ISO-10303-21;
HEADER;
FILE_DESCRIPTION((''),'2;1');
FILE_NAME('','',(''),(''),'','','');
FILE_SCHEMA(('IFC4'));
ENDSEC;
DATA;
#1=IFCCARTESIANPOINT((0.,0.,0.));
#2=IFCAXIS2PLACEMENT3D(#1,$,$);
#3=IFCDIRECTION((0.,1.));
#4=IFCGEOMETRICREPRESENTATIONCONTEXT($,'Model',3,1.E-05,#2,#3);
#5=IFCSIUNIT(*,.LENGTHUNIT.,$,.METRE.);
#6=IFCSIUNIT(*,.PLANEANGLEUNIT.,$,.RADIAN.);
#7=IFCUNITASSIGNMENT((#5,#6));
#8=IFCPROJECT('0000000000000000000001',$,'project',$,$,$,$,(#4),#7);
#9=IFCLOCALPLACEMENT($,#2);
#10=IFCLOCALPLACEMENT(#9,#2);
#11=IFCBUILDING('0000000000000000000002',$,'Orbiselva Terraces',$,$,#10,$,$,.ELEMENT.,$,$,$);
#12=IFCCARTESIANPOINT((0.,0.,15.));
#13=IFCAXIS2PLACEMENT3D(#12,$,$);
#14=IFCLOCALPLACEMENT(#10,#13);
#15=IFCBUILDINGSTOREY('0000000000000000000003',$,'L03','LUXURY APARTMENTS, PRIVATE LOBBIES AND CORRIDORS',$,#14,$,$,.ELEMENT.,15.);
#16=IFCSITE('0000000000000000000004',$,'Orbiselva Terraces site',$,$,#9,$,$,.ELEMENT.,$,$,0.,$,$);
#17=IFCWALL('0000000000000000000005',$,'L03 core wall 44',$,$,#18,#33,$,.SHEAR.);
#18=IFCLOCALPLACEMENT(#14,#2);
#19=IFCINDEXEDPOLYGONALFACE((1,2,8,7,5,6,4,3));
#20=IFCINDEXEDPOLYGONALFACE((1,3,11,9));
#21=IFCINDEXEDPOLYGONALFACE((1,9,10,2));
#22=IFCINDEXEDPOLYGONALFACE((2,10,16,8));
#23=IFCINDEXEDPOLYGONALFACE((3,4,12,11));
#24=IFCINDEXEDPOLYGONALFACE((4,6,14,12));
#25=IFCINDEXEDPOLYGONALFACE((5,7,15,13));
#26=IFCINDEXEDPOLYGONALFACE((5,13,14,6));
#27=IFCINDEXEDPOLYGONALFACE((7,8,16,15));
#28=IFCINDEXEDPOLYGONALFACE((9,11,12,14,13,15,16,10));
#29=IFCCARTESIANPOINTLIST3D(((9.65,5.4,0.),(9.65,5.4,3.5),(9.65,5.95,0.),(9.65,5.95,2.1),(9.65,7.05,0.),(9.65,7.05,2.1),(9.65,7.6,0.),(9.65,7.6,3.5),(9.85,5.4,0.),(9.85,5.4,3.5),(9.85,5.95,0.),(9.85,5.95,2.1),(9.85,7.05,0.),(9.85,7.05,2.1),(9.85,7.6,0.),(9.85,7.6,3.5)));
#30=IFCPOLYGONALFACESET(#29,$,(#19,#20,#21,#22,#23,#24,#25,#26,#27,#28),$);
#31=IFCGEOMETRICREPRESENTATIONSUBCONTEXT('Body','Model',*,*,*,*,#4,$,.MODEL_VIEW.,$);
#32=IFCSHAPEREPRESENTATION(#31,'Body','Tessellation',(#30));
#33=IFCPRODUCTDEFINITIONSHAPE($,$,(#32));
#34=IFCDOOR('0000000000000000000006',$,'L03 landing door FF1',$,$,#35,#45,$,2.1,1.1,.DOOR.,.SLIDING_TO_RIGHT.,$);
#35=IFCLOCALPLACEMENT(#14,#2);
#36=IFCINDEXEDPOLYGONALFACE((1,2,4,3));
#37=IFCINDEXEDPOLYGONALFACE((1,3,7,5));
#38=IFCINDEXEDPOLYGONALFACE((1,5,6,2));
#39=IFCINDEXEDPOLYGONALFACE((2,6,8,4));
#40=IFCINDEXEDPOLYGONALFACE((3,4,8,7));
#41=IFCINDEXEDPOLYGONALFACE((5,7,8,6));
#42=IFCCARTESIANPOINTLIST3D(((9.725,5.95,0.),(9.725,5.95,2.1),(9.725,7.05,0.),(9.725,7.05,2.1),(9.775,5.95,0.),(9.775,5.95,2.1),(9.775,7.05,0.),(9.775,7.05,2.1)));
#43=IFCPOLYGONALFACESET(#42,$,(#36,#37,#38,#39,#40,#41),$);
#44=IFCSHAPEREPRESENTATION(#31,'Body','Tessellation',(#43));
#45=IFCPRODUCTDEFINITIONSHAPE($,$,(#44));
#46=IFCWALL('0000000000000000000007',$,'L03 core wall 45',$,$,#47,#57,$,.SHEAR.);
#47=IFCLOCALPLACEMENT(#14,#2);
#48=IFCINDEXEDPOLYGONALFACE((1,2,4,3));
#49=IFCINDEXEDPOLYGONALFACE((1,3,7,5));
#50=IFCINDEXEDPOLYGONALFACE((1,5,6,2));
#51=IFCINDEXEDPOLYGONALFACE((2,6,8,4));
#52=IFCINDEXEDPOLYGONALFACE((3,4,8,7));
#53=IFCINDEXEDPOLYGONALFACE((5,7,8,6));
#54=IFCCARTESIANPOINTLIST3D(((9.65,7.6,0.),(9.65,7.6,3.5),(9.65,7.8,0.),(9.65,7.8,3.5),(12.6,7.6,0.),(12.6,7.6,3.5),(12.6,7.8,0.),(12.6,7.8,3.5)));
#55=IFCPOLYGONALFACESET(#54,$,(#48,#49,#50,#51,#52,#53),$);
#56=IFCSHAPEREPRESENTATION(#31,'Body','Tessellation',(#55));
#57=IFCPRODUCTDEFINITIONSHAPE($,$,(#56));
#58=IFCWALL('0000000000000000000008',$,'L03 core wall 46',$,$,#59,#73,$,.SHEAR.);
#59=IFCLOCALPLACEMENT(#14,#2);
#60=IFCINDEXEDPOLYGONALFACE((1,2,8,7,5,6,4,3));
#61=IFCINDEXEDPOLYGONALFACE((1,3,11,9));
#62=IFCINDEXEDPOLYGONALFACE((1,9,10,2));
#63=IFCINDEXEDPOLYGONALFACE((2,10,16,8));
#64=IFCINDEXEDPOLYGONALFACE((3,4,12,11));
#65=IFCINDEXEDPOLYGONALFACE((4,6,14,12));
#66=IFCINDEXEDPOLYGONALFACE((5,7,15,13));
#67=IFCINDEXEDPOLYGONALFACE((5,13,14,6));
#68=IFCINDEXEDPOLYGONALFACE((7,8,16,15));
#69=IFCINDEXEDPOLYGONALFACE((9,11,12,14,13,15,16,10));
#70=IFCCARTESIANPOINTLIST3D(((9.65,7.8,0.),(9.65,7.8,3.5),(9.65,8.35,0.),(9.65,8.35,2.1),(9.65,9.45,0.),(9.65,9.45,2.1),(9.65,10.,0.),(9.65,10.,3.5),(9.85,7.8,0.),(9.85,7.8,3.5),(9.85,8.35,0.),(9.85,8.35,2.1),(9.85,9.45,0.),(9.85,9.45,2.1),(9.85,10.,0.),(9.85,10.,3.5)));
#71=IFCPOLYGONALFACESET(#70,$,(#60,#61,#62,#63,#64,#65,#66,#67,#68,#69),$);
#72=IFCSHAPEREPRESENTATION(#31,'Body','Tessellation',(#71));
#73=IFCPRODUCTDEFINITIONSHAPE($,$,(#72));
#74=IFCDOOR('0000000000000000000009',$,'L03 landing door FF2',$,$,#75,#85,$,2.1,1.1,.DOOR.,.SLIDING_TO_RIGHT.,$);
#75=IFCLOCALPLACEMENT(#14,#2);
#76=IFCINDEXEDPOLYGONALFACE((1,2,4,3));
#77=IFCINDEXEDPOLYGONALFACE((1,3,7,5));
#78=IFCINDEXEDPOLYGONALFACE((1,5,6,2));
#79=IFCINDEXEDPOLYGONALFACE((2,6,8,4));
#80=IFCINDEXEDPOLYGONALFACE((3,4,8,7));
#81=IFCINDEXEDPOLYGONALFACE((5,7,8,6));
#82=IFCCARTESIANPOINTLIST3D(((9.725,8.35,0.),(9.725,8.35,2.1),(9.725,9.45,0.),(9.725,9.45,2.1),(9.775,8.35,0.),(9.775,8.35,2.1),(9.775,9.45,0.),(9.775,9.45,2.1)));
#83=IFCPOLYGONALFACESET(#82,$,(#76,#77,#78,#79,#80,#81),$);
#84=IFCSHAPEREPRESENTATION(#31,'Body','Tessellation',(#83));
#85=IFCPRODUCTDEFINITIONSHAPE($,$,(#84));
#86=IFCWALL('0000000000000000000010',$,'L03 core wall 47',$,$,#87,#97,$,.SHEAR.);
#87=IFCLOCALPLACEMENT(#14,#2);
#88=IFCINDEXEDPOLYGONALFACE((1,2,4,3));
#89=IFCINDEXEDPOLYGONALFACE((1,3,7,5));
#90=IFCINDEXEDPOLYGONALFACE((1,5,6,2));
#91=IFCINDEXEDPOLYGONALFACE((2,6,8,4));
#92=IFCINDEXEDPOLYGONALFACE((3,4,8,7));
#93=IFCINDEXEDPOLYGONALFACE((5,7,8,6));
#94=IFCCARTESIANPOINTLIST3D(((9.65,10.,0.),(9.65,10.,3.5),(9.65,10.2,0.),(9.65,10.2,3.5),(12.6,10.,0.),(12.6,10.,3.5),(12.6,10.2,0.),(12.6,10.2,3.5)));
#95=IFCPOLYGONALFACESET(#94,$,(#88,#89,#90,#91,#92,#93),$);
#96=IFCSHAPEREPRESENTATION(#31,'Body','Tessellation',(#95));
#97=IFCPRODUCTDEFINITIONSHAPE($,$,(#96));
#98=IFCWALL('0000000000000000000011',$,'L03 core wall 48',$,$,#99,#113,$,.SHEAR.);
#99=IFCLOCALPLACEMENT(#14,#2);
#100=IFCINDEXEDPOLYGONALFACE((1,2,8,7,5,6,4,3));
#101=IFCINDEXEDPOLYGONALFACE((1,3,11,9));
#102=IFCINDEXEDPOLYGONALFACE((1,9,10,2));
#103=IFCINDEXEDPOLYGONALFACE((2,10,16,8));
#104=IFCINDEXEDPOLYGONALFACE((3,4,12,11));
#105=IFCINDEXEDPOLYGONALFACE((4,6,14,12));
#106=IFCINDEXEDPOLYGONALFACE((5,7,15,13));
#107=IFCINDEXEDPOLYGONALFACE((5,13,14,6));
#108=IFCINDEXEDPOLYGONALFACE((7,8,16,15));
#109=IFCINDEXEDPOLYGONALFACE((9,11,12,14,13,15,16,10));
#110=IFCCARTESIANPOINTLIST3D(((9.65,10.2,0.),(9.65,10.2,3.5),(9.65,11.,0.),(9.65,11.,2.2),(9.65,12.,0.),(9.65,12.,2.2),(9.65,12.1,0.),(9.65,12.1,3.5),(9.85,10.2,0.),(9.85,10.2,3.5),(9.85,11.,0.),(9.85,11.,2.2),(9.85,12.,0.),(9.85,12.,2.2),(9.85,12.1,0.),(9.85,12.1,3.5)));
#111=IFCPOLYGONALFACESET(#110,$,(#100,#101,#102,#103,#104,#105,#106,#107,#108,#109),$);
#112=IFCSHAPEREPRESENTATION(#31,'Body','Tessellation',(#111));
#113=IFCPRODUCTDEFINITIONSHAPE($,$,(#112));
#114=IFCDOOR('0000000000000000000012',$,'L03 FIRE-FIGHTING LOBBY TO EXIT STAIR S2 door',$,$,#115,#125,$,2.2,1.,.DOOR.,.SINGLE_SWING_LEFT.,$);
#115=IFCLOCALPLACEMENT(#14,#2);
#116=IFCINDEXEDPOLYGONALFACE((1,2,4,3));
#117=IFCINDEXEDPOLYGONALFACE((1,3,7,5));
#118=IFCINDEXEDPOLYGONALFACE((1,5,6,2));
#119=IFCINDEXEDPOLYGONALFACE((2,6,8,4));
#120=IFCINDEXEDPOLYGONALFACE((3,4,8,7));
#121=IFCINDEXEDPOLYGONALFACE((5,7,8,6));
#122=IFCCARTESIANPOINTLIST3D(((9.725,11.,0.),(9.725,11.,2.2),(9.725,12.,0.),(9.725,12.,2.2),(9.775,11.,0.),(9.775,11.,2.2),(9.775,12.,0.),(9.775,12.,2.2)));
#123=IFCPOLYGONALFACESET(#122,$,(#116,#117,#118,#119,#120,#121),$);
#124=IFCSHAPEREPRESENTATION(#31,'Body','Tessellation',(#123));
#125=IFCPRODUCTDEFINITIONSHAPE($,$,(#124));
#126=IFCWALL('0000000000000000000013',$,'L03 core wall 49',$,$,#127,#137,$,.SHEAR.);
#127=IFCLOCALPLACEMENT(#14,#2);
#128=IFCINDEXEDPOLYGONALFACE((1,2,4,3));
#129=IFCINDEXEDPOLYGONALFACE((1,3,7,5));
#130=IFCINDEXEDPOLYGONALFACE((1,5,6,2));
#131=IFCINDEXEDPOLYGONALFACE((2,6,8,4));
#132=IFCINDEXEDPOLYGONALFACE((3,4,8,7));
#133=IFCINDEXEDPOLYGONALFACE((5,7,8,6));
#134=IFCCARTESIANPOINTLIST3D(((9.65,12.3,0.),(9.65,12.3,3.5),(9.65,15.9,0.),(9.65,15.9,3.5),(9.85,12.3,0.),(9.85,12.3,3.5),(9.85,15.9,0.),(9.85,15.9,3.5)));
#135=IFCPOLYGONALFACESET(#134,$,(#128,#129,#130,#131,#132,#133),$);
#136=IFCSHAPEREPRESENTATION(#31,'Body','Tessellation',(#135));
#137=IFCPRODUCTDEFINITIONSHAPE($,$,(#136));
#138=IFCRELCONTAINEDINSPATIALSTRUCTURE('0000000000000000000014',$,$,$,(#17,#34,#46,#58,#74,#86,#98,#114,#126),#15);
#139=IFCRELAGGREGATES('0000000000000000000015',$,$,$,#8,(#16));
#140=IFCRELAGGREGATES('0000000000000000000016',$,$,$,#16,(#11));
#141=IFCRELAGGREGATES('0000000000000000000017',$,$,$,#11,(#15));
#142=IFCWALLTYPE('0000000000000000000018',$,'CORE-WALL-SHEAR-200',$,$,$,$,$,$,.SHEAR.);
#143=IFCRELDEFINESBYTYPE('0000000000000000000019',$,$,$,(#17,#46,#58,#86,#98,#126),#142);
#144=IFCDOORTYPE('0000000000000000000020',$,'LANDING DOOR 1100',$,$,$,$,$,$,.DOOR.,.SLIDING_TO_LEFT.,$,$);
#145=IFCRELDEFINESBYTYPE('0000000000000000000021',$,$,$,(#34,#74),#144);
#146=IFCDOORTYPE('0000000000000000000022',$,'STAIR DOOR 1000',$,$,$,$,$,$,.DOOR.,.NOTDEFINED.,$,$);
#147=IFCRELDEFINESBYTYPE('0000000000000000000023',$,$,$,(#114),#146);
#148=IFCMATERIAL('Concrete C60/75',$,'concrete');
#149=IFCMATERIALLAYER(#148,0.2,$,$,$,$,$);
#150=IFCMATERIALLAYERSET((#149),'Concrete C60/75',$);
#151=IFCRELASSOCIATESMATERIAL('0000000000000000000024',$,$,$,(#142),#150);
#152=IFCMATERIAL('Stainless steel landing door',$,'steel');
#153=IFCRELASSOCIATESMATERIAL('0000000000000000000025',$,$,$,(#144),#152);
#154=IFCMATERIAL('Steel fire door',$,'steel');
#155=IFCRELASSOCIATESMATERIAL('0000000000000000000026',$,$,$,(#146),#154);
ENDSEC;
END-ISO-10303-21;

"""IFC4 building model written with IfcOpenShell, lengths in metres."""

from ifc_helpers import new_model, si_unit, direction, frame, frame_2d, origin, place, context, subcontext, project, spatial, rectangle, extrude, material, layer, layer_set, type_object, element, fill, save


model = new_model("IFC4")

# Units and contexts
model_context = context("Model", 3, precision=1e-05, world=origin(), true_north=direction((0.0, 1.0)))
body_context = subcontext(model_context, "Body", "Model", "MODEL_VIEW")
ifc_project = project(units=[si_unit("LENGTHUNIT", "METRE"), si_unit("PLANEANGLEUNIT", "RADIAN")], contexts=[model_context])

# Site, building, storey
site_placement = place(None, origin())
site = spatial("IfcSite", under=ifc_project, at=site_placement, Name="Orbiselva Terraces site", CompositionType="ELEMENT", RefElevation=0.0)
building_placement = place(site_placement, origin())
building = spatial("IfcBuilding", under=site, at=building_placement, Name="Orbiselva Terraces", CompositionType="ELEMENT")
storey_placement = place(building_placement, frame((0.0, 0.0, 15.0)))
storey = spatial("IfcBuildingStorey", under=building, at=storey_placement, Name="L03", Description="LUXURY APARTMENTS, PRIVATE LOBBIES AND CORRIDORS", CompositionType="ELEMENT", Elevation=15.0)

# Shared definitions
ifc_material_1 = material(Name="Steel fire door", Category="steel")

# Shared definitions
ifc_material_2 = material(Name="Concrete C60/75", Category="concrete")
ifc_layer_1 = layer(ifc_material_2, 0.2)
ifc_layer_set_1 = layer_set([ifc_layer_1], Name="Concrete C60/75")
wall_type_1 = type_object("IfcWallType", Name="CORE-WALL-SHEAR-200", PredefinedType="SHEAR", material=ifc_layer_set_1)

# Wall, opening, door
wall_1_placement = place(storey_placement, frame((9.75, 5.4, 0.0), z_axis=(0.0, 0.0, 1.0), x_axis=(0.0, 1.0, 0.0)))
wall_1 = element("IfcWall", 1, at=wall_1_placement, inside=storey, type_object=wall_type_1, Name="L03 core wall 44", PredefinedType="SHEAR", context=body_context, shape_type="SweptSolid", body=[
    extrude(rectangle(XDim=2.2, YDim=0.2, at=frame_2d((1.1, 0.0))), origin(), (0.0, 0.0, 1.0), 3.5),
])
opening_1_placement = place(wall_1_placement, frame((0.55, 0.0, 0.0)))
opening_1 = element("IfcOpeningElement", 2, at=opening_1_placement, cuts=wall_1, PredefinedType="OPENING", context=body_context, shape_type="SweptSolid", body=[
    extrude(rectangle(XDim=1.1, YDim=2.1, at=frame_2d((0.55, 1.05))), frame((0.0, 0.11, 0.0), z_axis=(0.0, -1.0, 0.0), x_axis=(1.0, 0.0, 0.0)), (0.0, 0.0, 1.0), 0.22),
])
ifc_material_3 = material(Name="Stainless steel landing door", Category="steel")
door_type_1 = type_object("IfcDoorType", Name="LANDING DOOR 1100", OperationType="SLIDING_TO_LEFT", PredefinedType="DOOR", material=ifc_material_3)
door_1_placement = place(opening_1_placement, origin())
door_1 = element("IfcDoor", 3, at=door_1_placement, inside=storey, type_object=door_type_1, Name="L03 landing door FF1", OperationType="SLIDING_TO_RIGHT", OverallHeight=2.1, OverallWidth=1.1, PredefinedType="DOOR", context=body_context, shape_type="SweptSolid", body=[
    extrude(rectangle(XDim=1.1, YDim=2.1, at=frame_2d((0.55, 1.05))), frame((0.0, 0.025, 0.0), z_axis=(0.0, -1.0, 0.0), x_axis=(1.0, 0.0, 0.0)), (0.0, 0.0, 1.0), 0.05),
])
fill(opening_1, door_1)

# Wall
wall_2_placement = place(storey_placement, frame((9.65, 7.7, 0.0), z_axis=(0.0, 0.0, 1.0), x_axis=(1.0, 0.0, 0.0)))
element("IfcWall", 4, at=wall_2_placement, inside=storey, type_object=wall_type_1, Name="L03 core wall 45", PredefinedType="SHEAR", context=body_context, shape_type="SweptSolid", body=[
    extrude(rectangle(XDim=2.95, YDim=0.2, at=frame_2d((1.475, 0.0))), origin(), (0.0, 0.0, 1.0), 3.5),
])

# Wall, opening, door
wall_3_placement = place(storey_placement, frame((9.75, 7.8, 0.0), z_axis=(0.0, 0.0, 1.0), x_axis=(0.0, 1.0, 0.0)))
wall_3 = element("IfcWall", 5, at=wall_3_placement, inside=storey, type_object=wall_type_1, Name="L03 core wall 46", PredefinedType="SHEAR", context=body_context, shape_type="SweptSolid", body=[
    extrude(rectangle(XDim=2.2, YDim=0.2, at=frame_2d((1.1, 0.0))), origin(), (0.0, 0.0, 1.0), 3.5),
])
opening_2_placement = place(wall_3_placement, frame((0.55, 0.0, 0.0)))
opening_2 = element("IfcOpeningElement", 6, at=opening_2_placement, cuts=wall_3, PredefinedType="OPENING", context=body_context, shape_type="SweptSolid", body=[
    extrude(rectangle(XDim=1.1, YDim=2.1, at=frame_2d((0.55, 1.05))), frame((0.0, 0.11, 0.0), z_axis=(0.0, -1.0, 0.0), x_axis=(1.0, 0.0, 0.0)), (0.0, 0.0, 1.0), 0.22),
])
door_2_placement = place(opening_2_placement, origin())
door_2 = element("IfcDoor", 7, at=door_2_placement, inside=storey, type_object=door_type_1, Name="L03 landing door FF2", OperationType="SLIDING_TO_RIGHT", OverallHeight=2.1, OverallWidth=1.1, PredefinedType="DOOR", context=body_context, shape_type="SweptSolid", body=[
    extrude(rectangle(XDim=1.1, YDim=2.1, at=frame_2d((0.55, 1.05))), frame((0.0, 0.025, 0.0), z_axis=(0.0, -1.0, 0.0), x_axis=(1.0, 0.0, 0.0)), (0.0, 0.0, 1.0), 0.05),
])
fill(opening_2, door_2)

# Wall
wall_4_placement = place(storey_placement, frame((9.65, 10.1, 0.0), z_axis=(0.0, 0.0, 1.0), x_axis=(1.0, 0.0, 0.0)))
element("IfcWall", 8, at=wall_4_placement, inside=storey, type_object=wall_type_1, Name="L03 core wall 47", PredefinedType="SHEAR", context=body_context, shape_type="SweptSolid", body=[
    extrude(rectangle(XDim=2.95, YDim=0.2, at=frame_2d((1.475, 0.0))), origin(), (0.0, 0.0, 1.0), 3.5),
])

# Wall, opening, door
wall_5_placement = place(storey_placement, frame((9.75, 12.1, 0.0), z_axis=(0.0, 0.0, 1.0), x_axis=(0.0, -1.0, 0.0)))
wall_5 = element("IfcWall", 9, at=wall_5_placement, inside=storey, type_object=wall_type_1, Name="L03 core wall 48", PredefinedType="SHEAR", context=body_context, shape_type="SweptSolid", body=[
    extrude(rectangle(XDim=1.9, YDim=0.2, at=frame_2d((0.95, 0.0))), origin(), (0.0, 0.0, 1.0), 3.5),
])
opening_3_placement = place(wall_5_placement, frame((0.1, 0.0, 0.0)))
opening_3 = element("IfcOpeningElement", 10, at=opening_3_placement, cuts=wall_5, PredefinedType="OPENING", context=body_context, shape_type="SweptSolid", body=[
    extrude(rectangle(XDim=1.0, YDim=2.2, at=frame_2d((0.5, 1.1))), frame((0.0, 0.11, 0.0), z_axis=(0.0, -1.0, 0.0), x_axis=(1.0, 0.0, 0.0)), (0.0, 0.0, 1.0), 0.22),
])
door_type_2 = type_object("IfcDoorType", Name="STAIR DOOR 1000", OperationType="NOTDEFINED", PredefinedType="DOOR", material=ifc_material_1)
door_3_placement = place(opening_3_placement, origin())
door_3 = element("IfcDoor", 11, at=door_3_placement, inside=storey, type_object=door_type_2, Name="L03 FIRE-FIGHTING LOBBY TO EXIT STAIR S2 door", OperationType="SINGLE_SWING_LEFT", OverallHeight=2.2, OverallWidth=1.0, PredefinedType="DOOR", context=body_context, shape_type="SweptSolid", body=[
    extrude(rectangle(XDim=1.0, YDim=2.2, at=frame_2d((0.5, 1.1))), frame((0.0, 0.025, 0.0), z_axis=(0.0, -1.0, 0.0), x_axis=(1.0, 0.0, 0.0)), (0.0, 0.0, 1.0), 0.05),
])
fill(opening_3, door_3)

# Wall
wall_6_placement = place(storey_placement, frame((9.75, 12.3, 0.0), z_axis=(0.0, 0.0, 1.0), x_axis=(0.0, 1.0, 0.0)))
element("IfcWall", 12, at=wall_6_placement, inside=storey, type_object=wall_type_1, Name="L03 core wall 49", PredefinedType="SHEAR", context=body_context, shape_type="SweptSolid", body=[
    extrude(rectangle(XDim=3.6, YDim=0.2, at=frame_2d((1.8, 0.0))), origin(), (0.0, 0.0, 1.0), 3.5),
])

save(model, "model.ifc")
